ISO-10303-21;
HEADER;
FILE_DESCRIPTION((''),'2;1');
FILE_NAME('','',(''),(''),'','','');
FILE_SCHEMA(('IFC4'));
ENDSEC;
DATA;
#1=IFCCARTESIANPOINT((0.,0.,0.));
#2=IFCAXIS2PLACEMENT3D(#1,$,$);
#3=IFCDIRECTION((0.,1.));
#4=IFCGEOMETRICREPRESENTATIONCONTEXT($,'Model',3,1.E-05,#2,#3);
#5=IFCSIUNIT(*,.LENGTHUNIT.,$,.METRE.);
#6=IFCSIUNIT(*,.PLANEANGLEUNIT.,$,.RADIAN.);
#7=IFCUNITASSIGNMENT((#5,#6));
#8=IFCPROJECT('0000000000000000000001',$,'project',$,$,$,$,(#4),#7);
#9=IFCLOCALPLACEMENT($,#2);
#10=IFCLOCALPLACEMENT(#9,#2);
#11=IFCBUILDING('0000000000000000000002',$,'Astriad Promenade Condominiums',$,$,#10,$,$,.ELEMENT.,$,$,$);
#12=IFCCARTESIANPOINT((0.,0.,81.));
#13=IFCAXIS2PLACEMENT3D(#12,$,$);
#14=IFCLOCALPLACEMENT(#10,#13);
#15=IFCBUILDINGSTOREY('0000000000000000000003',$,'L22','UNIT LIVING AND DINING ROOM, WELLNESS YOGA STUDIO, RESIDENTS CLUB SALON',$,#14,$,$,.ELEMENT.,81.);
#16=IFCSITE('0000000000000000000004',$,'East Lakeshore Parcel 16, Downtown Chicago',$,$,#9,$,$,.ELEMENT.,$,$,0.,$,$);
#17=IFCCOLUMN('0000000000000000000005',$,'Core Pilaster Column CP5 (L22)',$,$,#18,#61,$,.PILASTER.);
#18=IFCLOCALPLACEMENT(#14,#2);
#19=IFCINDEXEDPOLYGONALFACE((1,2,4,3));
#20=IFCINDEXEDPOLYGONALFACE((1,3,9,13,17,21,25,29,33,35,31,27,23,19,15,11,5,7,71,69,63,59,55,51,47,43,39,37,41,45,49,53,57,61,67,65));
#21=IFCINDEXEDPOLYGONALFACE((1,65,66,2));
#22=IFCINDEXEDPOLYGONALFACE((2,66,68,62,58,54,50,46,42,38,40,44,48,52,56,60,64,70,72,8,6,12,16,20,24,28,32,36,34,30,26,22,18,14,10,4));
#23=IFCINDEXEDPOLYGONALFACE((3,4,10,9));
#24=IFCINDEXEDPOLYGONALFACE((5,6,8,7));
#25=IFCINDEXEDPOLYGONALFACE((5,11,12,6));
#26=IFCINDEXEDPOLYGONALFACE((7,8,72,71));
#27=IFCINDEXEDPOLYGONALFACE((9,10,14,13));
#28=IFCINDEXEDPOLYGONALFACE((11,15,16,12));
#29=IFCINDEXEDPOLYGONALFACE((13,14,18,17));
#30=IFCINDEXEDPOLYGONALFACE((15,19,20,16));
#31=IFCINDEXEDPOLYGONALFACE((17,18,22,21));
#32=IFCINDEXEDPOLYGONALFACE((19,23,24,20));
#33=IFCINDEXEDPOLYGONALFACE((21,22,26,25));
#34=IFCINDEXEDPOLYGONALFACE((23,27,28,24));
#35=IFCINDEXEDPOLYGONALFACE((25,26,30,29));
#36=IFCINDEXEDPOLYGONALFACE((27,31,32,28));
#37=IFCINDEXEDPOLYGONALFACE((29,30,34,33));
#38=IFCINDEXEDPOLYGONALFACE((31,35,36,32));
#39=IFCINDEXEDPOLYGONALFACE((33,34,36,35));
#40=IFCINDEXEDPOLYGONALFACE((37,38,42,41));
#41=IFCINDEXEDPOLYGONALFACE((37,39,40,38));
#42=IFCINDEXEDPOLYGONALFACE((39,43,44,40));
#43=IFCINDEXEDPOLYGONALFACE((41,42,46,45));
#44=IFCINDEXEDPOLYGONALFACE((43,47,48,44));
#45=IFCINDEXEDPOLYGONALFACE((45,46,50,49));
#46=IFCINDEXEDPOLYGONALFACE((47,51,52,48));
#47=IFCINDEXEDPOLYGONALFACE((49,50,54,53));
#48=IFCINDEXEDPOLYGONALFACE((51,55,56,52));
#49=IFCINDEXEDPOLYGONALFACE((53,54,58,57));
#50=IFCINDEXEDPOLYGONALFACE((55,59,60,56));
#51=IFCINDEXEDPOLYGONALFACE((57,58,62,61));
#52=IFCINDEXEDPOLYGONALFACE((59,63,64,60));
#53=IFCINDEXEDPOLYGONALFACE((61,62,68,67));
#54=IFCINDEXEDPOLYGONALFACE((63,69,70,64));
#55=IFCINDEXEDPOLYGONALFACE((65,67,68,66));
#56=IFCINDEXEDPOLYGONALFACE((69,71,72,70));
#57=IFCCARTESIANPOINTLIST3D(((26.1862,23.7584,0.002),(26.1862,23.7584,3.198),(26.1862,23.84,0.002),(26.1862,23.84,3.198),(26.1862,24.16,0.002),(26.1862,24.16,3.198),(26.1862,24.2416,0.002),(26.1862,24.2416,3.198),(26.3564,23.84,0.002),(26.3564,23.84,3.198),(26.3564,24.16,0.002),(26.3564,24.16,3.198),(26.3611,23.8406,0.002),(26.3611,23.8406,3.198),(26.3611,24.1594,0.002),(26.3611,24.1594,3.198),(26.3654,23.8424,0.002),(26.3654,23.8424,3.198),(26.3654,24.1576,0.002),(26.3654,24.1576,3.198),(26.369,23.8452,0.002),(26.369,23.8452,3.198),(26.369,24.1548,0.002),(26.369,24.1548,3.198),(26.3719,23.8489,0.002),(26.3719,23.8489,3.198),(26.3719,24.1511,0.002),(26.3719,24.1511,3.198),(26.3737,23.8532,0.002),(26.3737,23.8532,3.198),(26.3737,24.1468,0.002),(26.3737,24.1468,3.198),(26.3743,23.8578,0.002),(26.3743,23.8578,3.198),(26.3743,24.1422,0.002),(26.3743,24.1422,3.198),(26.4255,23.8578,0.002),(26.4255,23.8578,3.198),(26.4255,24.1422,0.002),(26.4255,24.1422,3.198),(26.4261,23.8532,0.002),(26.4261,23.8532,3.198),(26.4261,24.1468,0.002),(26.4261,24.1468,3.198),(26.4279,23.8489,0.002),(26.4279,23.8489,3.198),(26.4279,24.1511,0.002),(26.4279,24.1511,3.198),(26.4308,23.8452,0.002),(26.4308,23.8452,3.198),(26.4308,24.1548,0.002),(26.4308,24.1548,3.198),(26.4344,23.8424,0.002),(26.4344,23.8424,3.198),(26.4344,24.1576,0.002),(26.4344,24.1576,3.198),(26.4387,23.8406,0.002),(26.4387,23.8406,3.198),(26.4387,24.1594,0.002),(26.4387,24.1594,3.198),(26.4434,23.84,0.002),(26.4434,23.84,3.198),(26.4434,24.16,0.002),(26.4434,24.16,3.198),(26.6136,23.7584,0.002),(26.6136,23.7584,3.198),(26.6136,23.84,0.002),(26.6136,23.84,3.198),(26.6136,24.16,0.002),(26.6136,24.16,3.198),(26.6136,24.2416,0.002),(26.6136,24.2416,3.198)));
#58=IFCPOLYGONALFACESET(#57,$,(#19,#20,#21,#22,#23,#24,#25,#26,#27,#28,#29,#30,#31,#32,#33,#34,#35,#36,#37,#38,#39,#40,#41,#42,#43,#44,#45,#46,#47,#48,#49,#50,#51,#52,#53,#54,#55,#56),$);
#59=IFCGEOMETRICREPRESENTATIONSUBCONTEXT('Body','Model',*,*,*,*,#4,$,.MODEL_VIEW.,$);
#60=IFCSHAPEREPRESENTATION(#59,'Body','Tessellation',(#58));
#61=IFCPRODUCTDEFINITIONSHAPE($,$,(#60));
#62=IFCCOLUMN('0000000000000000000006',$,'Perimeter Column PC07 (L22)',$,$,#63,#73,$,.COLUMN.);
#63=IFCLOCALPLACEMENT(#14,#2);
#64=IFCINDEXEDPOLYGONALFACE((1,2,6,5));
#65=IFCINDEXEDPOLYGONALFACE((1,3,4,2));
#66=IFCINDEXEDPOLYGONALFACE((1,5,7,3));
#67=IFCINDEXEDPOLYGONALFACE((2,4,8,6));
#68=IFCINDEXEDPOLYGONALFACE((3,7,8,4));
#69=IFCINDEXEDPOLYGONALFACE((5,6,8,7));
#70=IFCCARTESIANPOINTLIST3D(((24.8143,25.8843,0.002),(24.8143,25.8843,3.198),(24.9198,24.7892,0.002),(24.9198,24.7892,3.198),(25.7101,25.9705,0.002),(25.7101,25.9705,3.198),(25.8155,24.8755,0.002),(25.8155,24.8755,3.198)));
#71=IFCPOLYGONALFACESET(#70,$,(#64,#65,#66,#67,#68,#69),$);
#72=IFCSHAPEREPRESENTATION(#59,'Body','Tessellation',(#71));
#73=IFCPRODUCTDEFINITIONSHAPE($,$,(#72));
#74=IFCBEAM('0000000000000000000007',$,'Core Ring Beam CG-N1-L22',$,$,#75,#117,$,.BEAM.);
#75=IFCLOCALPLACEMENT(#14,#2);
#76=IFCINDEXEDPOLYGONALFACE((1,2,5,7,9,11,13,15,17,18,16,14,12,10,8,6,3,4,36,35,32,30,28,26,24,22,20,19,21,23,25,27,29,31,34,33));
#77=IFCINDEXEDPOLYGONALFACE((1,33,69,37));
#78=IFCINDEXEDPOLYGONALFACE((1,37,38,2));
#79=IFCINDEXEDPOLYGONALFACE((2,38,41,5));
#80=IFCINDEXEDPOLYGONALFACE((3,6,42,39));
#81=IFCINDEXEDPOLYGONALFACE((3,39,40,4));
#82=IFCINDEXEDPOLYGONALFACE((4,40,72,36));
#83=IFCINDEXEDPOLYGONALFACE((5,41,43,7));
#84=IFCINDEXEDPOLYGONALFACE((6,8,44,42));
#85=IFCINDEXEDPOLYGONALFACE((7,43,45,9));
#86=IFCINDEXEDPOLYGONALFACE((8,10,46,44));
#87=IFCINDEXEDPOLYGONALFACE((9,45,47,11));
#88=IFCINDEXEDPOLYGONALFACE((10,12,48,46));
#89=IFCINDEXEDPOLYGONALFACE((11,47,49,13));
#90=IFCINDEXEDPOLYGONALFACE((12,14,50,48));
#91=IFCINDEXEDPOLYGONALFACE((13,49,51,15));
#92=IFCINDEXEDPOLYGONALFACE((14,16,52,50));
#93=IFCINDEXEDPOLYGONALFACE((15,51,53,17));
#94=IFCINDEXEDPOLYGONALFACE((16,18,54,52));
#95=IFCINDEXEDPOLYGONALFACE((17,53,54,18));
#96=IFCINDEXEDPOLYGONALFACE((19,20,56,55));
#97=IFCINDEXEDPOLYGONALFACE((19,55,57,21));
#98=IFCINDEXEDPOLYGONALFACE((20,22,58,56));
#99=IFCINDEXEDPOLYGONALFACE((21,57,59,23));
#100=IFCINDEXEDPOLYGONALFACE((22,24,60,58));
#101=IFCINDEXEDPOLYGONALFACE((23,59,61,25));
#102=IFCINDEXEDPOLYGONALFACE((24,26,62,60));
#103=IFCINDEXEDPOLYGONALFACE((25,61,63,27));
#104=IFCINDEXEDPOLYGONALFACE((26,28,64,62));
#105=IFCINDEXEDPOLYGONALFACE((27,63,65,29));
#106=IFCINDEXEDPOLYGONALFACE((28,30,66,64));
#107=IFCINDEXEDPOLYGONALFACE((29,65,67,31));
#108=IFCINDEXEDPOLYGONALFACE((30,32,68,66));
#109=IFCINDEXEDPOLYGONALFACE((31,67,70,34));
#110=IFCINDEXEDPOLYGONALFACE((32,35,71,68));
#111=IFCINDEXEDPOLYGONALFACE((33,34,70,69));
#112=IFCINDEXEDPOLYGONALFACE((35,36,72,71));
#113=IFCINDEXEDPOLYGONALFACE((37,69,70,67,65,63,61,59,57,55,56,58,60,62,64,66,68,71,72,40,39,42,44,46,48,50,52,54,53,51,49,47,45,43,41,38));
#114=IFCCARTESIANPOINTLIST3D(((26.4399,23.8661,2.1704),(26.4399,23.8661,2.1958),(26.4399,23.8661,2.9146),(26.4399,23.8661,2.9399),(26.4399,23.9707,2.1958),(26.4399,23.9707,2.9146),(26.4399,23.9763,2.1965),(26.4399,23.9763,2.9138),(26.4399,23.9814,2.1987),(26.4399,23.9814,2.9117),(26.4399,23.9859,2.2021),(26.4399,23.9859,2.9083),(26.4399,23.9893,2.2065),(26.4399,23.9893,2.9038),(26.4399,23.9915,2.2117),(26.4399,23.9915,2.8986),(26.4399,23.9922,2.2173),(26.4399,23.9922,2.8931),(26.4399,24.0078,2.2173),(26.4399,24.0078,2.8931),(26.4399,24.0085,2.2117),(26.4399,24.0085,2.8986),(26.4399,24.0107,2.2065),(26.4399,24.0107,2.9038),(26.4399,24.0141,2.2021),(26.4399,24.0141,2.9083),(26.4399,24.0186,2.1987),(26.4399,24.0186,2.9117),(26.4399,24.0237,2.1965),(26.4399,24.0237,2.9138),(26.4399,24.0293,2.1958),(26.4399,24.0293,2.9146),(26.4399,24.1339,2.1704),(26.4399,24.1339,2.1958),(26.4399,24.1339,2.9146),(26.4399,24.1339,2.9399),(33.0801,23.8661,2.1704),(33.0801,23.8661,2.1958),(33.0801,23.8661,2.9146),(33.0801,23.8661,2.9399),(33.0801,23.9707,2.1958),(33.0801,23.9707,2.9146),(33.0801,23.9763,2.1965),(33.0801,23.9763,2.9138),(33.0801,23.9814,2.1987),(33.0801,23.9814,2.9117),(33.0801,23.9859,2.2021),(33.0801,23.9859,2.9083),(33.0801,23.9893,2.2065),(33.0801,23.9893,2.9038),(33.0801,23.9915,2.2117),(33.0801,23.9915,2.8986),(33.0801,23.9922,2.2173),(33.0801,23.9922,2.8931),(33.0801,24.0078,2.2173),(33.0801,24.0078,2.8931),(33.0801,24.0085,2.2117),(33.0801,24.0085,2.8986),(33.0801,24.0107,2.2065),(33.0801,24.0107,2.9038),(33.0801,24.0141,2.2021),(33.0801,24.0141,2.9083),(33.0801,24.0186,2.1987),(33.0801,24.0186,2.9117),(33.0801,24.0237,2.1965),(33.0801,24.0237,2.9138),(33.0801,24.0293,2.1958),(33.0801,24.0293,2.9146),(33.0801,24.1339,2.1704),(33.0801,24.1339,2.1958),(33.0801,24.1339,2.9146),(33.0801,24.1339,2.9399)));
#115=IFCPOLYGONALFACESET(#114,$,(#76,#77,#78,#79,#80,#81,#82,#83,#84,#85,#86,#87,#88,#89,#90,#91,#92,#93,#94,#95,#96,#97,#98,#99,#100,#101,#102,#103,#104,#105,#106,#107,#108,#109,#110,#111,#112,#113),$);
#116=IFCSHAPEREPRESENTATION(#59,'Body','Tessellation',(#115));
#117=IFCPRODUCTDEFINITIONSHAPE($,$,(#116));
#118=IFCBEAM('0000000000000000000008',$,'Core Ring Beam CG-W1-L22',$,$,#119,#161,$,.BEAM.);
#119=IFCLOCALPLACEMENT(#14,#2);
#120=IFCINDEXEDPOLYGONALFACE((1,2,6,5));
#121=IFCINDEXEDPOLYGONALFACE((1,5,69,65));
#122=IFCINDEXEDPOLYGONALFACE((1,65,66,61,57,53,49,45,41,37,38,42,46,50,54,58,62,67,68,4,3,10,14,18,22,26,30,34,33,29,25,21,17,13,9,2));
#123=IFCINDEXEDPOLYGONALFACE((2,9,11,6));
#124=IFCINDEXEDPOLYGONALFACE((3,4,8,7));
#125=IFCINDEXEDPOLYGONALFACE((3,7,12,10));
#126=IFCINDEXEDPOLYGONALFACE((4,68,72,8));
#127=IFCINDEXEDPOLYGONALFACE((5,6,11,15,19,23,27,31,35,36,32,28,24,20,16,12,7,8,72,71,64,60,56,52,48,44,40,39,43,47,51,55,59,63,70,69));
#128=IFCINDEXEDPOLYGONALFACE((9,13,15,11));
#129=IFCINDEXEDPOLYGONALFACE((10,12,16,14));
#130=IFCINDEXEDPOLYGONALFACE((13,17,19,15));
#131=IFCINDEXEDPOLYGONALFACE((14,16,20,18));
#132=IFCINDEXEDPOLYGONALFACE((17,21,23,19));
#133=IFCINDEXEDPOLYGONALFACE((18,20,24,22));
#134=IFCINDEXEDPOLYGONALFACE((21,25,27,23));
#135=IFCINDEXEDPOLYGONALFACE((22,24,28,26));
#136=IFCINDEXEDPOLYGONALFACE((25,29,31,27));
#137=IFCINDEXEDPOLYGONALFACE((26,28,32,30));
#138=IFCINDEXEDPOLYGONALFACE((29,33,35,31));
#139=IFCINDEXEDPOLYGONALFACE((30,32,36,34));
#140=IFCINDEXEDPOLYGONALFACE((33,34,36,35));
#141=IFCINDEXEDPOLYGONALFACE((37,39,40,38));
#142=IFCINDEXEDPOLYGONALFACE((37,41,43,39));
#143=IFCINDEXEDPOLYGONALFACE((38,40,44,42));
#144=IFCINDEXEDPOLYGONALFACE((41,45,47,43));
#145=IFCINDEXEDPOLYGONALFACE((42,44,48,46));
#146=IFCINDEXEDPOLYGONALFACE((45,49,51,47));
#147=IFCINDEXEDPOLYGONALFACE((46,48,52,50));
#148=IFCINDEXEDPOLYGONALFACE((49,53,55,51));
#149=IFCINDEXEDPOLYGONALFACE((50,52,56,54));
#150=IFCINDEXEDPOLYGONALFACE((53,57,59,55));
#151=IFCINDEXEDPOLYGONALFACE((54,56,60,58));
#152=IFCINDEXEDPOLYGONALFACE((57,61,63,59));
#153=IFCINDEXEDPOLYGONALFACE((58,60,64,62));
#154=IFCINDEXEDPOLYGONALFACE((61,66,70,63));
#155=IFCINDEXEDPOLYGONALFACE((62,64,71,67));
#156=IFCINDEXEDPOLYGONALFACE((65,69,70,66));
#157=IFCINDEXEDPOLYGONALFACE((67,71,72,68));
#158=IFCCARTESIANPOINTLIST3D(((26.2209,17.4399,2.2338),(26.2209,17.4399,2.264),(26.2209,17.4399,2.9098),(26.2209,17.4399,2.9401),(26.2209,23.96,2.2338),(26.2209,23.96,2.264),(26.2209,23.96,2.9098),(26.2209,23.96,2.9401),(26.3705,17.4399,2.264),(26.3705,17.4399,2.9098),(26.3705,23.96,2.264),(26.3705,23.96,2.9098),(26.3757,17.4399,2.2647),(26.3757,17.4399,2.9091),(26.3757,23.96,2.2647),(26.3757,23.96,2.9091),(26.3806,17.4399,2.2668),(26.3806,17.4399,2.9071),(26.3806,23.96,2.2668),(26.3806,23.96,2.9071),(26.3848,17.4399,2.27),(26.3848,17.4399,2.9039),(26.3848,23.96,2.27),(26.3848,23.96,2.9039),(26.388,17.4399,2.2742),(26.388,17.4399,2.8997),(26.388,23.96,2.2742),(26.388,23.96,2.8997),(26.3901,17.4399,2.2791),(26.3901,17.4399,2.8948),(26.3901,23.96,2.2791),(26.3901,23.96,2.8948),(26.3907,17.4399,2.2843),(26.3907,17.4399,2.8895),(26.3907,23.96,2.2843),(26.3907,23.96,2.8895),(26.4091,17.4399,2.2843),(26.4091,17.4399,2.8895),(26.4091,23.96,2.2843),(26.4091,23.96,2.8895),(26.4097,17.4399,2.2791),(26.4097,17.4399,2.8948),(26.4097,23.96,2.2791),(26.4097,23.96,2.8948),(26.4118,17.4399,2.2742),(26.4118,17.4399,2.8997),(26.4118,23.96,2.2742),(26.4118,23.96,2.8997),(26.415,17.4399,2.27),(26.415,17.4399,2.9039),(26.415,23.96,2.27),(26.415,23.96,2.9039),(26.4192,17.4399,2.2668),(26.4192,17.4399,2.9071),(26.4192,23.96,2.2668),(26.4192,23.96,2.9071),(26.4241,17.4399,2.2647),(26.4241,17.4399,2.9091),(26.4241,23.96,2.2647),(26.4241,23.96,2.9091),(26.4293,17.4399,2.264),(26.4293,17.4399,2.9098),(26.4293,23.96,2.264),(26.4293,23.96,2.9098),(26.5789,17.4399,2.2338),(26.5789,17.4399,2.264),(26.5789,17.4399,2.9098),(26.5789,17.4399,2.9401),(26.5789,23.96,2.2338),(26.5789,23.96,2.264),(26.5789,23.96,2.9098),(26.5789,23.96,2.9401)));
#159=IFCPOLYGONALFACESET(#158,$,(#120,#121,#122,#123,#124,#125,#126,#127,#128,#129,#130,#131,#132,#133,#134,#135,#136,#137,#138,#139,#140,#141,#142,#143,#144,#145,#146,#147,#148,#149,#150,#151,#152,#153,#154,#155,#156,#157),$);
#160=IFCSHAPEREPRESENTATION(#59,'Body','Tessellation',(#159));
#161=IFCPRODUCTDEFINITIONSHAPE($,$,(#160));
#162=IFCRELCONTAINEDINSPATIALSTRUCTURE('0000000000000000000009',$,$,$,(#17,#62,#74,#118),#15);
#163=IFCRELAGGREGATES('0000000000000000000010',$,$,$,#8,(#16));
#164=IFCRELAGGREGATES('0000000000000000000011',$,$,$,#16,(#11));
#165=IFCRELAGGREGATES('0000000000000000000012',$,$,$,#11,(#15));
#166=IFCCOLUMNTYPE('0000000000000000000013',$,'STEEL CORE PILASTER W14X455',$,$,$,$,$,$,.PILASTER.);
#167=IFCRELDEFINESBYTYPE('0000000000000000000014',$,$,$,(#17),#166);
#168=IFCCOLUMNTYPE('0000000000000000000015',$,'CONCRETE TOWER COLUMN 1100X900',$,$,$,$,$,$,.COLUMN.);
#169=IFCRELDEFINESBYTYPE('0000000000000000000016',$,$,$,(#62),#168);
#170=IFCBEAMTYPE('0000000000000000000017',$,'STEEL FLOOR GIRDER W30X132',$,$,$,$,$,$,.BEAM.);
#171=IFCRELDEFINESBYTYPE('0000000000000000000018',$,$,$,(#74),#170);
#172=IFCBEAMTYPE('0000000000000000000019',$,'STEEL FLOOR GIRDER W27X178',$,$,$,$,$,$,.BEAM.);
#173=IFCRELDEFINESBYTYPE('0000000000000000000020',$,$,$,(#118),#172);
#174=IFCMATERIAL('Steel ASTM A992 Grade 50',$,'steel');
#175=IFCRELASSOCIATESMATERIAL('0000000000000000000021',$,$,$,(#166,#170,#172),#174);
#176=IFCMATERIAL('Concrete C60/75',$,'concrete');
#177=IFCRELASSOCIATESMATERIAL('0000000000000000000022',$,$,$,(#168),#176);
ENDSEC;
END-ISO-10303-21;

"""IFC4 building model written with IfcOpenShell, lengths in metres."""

from ifc_helpers import new_model, si_unit, direction, frame, origin, origin_2d, place, context, subcontext, project, spatial, rectangle, i_section, extrude, source, transform, mapped, material, material_profile, profile_set, type_object, type_shapes, element, save


model = new_model("IFC4")

# Units and contexts
model_context = context("Model", 3, precision=1e-05, world=origin(), true_north=direction((0.0, 1.0)))
body_context = subcontext(model_context, "Body", "Model", "MODEL_VIEW")
ifc_project = project(units=[si_unit("LENGTHUNIT", "METRE"), si_unit("PLANEANGLEUNIT", "RADIAN")], contexts=[model_context])

# Site, building, storey
site_placement = place(None, origin())
site = spatial("IfcSite", under=ifc_project, at=site_placement, Name="East Lakeshore Parcel 16, Downtown Chicago", CompositionType="ELEMENT", RefElevation=0.0)
building_placement = place(site_placement, origin())
building = spatial("IfcBuilding", under=site, at=building_placement, Name="Astriad Promenade Condominiums", CompositionType="ELEMENT")
storey_placement = place(building_placement, frame((0.0, 0.0, 81.0)))
storey = spatial("IfcBuildingStorey", under=building, at=storey_placement, Name="L22", Description="UNIT LIVING AND DINING ROOM, WELLNESS YOGA STUDIO, RESIDENTS CLUB SALON", CompositionType="ELEMENT", Elevation=81.0)

# Columns
ifc_material_1 = material(Name="Steel ASTM A992 Grade 50", Category="steel")
ifc_material_profile_1 = material_profile(ifc_material_1, i_section(OverallWidth=0.4275, OverallDepth=0.4832, WebThickness=0.0513, FlangeThickness=0.0815, FilletRadius=0.0178, at=origin_2d()), Name="W14X455")
ifc_profile_set_1 = profile_set([ifc_material_profile_1], Name="Steel ASTM A992 Grade 50")
column_type_1 = type_object("IfcColumnType", Name="STEEL CORE PILASTER W14X455", PredefinedType="PILASTER", material=ifc_profile_set_1)
shared_shape_1 = source(origin(), body_context, "Body", "SweptSolid", [
    extrude(i_section(OverallWidth=0.4275, OverallDepth=0.4832, WebThickness=0.0513, FlangeThickness=0.0815, FilletRadius=0.0178, at=origin_2d()), origin(), (0.0, 0.0, 1.0), 3.196),
])
type_shapes(column_type_1, [shared_shape_1])
column_1_placement = place(storey_placement, frame((26.3999, 24.0, 0.002), z_axis=(0.0, 0.0, 1.0), x_axis=(1.0, 0.0, 0.0)))
element("IfcColumn", 1, at=column_1_placement, inside=storey, type_object=column_type_1, Name="Core Pilaster Column CP5 (L22)", PredefinedType="PILASTER", context=body_context, shape_type="MappedRepresentation", body=[
    mapped(shared_shape_1, transform((0.0, 0.0, 0.0), scale=1.0)),
])
ifc_material_2 = material(Name="Concrete C60/75", Category="concrete")
ifc_material_profile_2 = material_profile(ifc_material_2, rectangle(XDim=0.8999, YDim=1.1001, at=origin_2d()), Name="RC-COL-1100X900")
ifc_profile_set_2 = profile_set([ifc_material_profile_2], Name="Concrete C60/75")
column_type_2 = type_object("IfcColumnType", Name="CONCRETE TOWER COLUMN 1100X900", PredefinedType="COLUMN", material=ifc_profile_set_2)
shared_shape_2 = source(origin(), body_context, "Body", "SweptSolid", [
    extrude(rectangle(XDim=0.8999, YDim=1.1001, at=origin_2d()), origin(), (0.0, 0.0, 1.0), 3.196),
])
type_shapes(column_type_2, [shared_shape_2])
column_2_placement = place(storey_placement, frame((25.3149, 25.3799, 0.002), z_axis=(0.0, 0.0, 1.0), x_axis=(0.995396, 0.095846, 0.0)))
element("IfcColumn", 2, at=column_2_placement, inside=storey, type_object=column_type_2, Name="Perimeter Column PC07 (L22)", PredefinedType="COLUMN", context=body_context, shape_type="MappedRepresentation", body=[
    mapped(shared_shape_2, transform((0.0, 0.0, 0.0), scale=1.0)),
])

# Beams
ifc_material_profile_3 = material_profile(ifc_material_1, i_section(OverallWidth=0.2678, OverallDepth=0.7695, WebThickness=0.0156, FlangeThickness=0.0254, FilletRadius=0.0215, at=origin_2d()), Name="W30X132")
ifc_profile_set_3 = profile_set([ifc_material_profile_3], Name="Steel ASTM A992 Grade 50")
beam_type_1 = type_object("IfcBeamType", Name="STEEL FLOOR GIRDER W30X132", PredefinedType="BEAM", material=ifc_profile_set_3)
shared_shape_3 = source(origin(), body_context, "Body", "SweptSolid", [
    extrude(i_section(OverallWidth=0.2678, OverallDepth=0.7695, WebThickness=0.0156, FlangeThickness=0.0254, FilletRadius=0.0215, at=origin_2d()), origin(), (0.0, 0.0, 1.0), 6.6401),
])
type_shapes(beam_type_1, [shared_shape_3])
beam_1_placement = place(storey_placement, frame((26.4399, 24.0, 2.5552), z_axis=(1.0, 0.0, 0.0), x_axis=(0.0, 1.0, 0.0)))
element("IfcBeam", 3, at=beam_1_placement, inside=storey, type_object=beam_type_1, Name="Core Ring Beam CG-N1-L22", PredefinedType="BEAM", context=body_context, shape_type="MappedRepresentation", body=[
    mapped(shared_shape_3, transform((0.0, 0.0, 0.0), scale=1.0)),
])
ifc_material_profile_4 = material_profile(ifc_material_1, i_section(OverallWidth=0.3579, OverallDepth=0.7063, WebThickness=0.0183, FlangeThickness=0.0303, FilletRadius=0.0203, at=origin_2d()), Name="W27X178")
ifc_profile_set_4 = profile_set([ifc_material_profile_4], Name="Steel ASTM A992 Grade 50")
beam_type_2 = type_object("IfcBeamType", Name="STEEL FLOOR GIRDER W27X178", PredefinedType="BEAM", material=ifc_profile_set_4)
shared_shape_4 = source(origin(), body_context, "Body", "SweptSolid", [
    extrude(i_section(OverallWidth=0.3579, OverallDepth=0.7063, WebThickness=0.0183, FlangeThickness=0.0303, FilletRadius=0.0203, at=origin_2d()), origin(), (0.0, 0.0, 1.0), 6.52),
])
type_shapes(beam_type_2, [shared_shape_4])
beam_2_placement = place(storey_placement, frame((26.3999, 17.4399, 2.5869), z_axis=(0.0, 1.0, 0.0), x_axis=(-1.0, 0.0, 0.0)))
element("IfcBeam", 4, at=beam_2_placement, inside=storey, type_object=beam_type_2, Name="Core Ring Beam CG-W1-L22", PredefinedType="BEAM", context=body_context, shape_type="MappedRepresentation", body=[
    mapped(shared_shape_4, transform((0.0, 0.0, 0.0), scale=1.0)),
])

save(model, "model.ifc")
